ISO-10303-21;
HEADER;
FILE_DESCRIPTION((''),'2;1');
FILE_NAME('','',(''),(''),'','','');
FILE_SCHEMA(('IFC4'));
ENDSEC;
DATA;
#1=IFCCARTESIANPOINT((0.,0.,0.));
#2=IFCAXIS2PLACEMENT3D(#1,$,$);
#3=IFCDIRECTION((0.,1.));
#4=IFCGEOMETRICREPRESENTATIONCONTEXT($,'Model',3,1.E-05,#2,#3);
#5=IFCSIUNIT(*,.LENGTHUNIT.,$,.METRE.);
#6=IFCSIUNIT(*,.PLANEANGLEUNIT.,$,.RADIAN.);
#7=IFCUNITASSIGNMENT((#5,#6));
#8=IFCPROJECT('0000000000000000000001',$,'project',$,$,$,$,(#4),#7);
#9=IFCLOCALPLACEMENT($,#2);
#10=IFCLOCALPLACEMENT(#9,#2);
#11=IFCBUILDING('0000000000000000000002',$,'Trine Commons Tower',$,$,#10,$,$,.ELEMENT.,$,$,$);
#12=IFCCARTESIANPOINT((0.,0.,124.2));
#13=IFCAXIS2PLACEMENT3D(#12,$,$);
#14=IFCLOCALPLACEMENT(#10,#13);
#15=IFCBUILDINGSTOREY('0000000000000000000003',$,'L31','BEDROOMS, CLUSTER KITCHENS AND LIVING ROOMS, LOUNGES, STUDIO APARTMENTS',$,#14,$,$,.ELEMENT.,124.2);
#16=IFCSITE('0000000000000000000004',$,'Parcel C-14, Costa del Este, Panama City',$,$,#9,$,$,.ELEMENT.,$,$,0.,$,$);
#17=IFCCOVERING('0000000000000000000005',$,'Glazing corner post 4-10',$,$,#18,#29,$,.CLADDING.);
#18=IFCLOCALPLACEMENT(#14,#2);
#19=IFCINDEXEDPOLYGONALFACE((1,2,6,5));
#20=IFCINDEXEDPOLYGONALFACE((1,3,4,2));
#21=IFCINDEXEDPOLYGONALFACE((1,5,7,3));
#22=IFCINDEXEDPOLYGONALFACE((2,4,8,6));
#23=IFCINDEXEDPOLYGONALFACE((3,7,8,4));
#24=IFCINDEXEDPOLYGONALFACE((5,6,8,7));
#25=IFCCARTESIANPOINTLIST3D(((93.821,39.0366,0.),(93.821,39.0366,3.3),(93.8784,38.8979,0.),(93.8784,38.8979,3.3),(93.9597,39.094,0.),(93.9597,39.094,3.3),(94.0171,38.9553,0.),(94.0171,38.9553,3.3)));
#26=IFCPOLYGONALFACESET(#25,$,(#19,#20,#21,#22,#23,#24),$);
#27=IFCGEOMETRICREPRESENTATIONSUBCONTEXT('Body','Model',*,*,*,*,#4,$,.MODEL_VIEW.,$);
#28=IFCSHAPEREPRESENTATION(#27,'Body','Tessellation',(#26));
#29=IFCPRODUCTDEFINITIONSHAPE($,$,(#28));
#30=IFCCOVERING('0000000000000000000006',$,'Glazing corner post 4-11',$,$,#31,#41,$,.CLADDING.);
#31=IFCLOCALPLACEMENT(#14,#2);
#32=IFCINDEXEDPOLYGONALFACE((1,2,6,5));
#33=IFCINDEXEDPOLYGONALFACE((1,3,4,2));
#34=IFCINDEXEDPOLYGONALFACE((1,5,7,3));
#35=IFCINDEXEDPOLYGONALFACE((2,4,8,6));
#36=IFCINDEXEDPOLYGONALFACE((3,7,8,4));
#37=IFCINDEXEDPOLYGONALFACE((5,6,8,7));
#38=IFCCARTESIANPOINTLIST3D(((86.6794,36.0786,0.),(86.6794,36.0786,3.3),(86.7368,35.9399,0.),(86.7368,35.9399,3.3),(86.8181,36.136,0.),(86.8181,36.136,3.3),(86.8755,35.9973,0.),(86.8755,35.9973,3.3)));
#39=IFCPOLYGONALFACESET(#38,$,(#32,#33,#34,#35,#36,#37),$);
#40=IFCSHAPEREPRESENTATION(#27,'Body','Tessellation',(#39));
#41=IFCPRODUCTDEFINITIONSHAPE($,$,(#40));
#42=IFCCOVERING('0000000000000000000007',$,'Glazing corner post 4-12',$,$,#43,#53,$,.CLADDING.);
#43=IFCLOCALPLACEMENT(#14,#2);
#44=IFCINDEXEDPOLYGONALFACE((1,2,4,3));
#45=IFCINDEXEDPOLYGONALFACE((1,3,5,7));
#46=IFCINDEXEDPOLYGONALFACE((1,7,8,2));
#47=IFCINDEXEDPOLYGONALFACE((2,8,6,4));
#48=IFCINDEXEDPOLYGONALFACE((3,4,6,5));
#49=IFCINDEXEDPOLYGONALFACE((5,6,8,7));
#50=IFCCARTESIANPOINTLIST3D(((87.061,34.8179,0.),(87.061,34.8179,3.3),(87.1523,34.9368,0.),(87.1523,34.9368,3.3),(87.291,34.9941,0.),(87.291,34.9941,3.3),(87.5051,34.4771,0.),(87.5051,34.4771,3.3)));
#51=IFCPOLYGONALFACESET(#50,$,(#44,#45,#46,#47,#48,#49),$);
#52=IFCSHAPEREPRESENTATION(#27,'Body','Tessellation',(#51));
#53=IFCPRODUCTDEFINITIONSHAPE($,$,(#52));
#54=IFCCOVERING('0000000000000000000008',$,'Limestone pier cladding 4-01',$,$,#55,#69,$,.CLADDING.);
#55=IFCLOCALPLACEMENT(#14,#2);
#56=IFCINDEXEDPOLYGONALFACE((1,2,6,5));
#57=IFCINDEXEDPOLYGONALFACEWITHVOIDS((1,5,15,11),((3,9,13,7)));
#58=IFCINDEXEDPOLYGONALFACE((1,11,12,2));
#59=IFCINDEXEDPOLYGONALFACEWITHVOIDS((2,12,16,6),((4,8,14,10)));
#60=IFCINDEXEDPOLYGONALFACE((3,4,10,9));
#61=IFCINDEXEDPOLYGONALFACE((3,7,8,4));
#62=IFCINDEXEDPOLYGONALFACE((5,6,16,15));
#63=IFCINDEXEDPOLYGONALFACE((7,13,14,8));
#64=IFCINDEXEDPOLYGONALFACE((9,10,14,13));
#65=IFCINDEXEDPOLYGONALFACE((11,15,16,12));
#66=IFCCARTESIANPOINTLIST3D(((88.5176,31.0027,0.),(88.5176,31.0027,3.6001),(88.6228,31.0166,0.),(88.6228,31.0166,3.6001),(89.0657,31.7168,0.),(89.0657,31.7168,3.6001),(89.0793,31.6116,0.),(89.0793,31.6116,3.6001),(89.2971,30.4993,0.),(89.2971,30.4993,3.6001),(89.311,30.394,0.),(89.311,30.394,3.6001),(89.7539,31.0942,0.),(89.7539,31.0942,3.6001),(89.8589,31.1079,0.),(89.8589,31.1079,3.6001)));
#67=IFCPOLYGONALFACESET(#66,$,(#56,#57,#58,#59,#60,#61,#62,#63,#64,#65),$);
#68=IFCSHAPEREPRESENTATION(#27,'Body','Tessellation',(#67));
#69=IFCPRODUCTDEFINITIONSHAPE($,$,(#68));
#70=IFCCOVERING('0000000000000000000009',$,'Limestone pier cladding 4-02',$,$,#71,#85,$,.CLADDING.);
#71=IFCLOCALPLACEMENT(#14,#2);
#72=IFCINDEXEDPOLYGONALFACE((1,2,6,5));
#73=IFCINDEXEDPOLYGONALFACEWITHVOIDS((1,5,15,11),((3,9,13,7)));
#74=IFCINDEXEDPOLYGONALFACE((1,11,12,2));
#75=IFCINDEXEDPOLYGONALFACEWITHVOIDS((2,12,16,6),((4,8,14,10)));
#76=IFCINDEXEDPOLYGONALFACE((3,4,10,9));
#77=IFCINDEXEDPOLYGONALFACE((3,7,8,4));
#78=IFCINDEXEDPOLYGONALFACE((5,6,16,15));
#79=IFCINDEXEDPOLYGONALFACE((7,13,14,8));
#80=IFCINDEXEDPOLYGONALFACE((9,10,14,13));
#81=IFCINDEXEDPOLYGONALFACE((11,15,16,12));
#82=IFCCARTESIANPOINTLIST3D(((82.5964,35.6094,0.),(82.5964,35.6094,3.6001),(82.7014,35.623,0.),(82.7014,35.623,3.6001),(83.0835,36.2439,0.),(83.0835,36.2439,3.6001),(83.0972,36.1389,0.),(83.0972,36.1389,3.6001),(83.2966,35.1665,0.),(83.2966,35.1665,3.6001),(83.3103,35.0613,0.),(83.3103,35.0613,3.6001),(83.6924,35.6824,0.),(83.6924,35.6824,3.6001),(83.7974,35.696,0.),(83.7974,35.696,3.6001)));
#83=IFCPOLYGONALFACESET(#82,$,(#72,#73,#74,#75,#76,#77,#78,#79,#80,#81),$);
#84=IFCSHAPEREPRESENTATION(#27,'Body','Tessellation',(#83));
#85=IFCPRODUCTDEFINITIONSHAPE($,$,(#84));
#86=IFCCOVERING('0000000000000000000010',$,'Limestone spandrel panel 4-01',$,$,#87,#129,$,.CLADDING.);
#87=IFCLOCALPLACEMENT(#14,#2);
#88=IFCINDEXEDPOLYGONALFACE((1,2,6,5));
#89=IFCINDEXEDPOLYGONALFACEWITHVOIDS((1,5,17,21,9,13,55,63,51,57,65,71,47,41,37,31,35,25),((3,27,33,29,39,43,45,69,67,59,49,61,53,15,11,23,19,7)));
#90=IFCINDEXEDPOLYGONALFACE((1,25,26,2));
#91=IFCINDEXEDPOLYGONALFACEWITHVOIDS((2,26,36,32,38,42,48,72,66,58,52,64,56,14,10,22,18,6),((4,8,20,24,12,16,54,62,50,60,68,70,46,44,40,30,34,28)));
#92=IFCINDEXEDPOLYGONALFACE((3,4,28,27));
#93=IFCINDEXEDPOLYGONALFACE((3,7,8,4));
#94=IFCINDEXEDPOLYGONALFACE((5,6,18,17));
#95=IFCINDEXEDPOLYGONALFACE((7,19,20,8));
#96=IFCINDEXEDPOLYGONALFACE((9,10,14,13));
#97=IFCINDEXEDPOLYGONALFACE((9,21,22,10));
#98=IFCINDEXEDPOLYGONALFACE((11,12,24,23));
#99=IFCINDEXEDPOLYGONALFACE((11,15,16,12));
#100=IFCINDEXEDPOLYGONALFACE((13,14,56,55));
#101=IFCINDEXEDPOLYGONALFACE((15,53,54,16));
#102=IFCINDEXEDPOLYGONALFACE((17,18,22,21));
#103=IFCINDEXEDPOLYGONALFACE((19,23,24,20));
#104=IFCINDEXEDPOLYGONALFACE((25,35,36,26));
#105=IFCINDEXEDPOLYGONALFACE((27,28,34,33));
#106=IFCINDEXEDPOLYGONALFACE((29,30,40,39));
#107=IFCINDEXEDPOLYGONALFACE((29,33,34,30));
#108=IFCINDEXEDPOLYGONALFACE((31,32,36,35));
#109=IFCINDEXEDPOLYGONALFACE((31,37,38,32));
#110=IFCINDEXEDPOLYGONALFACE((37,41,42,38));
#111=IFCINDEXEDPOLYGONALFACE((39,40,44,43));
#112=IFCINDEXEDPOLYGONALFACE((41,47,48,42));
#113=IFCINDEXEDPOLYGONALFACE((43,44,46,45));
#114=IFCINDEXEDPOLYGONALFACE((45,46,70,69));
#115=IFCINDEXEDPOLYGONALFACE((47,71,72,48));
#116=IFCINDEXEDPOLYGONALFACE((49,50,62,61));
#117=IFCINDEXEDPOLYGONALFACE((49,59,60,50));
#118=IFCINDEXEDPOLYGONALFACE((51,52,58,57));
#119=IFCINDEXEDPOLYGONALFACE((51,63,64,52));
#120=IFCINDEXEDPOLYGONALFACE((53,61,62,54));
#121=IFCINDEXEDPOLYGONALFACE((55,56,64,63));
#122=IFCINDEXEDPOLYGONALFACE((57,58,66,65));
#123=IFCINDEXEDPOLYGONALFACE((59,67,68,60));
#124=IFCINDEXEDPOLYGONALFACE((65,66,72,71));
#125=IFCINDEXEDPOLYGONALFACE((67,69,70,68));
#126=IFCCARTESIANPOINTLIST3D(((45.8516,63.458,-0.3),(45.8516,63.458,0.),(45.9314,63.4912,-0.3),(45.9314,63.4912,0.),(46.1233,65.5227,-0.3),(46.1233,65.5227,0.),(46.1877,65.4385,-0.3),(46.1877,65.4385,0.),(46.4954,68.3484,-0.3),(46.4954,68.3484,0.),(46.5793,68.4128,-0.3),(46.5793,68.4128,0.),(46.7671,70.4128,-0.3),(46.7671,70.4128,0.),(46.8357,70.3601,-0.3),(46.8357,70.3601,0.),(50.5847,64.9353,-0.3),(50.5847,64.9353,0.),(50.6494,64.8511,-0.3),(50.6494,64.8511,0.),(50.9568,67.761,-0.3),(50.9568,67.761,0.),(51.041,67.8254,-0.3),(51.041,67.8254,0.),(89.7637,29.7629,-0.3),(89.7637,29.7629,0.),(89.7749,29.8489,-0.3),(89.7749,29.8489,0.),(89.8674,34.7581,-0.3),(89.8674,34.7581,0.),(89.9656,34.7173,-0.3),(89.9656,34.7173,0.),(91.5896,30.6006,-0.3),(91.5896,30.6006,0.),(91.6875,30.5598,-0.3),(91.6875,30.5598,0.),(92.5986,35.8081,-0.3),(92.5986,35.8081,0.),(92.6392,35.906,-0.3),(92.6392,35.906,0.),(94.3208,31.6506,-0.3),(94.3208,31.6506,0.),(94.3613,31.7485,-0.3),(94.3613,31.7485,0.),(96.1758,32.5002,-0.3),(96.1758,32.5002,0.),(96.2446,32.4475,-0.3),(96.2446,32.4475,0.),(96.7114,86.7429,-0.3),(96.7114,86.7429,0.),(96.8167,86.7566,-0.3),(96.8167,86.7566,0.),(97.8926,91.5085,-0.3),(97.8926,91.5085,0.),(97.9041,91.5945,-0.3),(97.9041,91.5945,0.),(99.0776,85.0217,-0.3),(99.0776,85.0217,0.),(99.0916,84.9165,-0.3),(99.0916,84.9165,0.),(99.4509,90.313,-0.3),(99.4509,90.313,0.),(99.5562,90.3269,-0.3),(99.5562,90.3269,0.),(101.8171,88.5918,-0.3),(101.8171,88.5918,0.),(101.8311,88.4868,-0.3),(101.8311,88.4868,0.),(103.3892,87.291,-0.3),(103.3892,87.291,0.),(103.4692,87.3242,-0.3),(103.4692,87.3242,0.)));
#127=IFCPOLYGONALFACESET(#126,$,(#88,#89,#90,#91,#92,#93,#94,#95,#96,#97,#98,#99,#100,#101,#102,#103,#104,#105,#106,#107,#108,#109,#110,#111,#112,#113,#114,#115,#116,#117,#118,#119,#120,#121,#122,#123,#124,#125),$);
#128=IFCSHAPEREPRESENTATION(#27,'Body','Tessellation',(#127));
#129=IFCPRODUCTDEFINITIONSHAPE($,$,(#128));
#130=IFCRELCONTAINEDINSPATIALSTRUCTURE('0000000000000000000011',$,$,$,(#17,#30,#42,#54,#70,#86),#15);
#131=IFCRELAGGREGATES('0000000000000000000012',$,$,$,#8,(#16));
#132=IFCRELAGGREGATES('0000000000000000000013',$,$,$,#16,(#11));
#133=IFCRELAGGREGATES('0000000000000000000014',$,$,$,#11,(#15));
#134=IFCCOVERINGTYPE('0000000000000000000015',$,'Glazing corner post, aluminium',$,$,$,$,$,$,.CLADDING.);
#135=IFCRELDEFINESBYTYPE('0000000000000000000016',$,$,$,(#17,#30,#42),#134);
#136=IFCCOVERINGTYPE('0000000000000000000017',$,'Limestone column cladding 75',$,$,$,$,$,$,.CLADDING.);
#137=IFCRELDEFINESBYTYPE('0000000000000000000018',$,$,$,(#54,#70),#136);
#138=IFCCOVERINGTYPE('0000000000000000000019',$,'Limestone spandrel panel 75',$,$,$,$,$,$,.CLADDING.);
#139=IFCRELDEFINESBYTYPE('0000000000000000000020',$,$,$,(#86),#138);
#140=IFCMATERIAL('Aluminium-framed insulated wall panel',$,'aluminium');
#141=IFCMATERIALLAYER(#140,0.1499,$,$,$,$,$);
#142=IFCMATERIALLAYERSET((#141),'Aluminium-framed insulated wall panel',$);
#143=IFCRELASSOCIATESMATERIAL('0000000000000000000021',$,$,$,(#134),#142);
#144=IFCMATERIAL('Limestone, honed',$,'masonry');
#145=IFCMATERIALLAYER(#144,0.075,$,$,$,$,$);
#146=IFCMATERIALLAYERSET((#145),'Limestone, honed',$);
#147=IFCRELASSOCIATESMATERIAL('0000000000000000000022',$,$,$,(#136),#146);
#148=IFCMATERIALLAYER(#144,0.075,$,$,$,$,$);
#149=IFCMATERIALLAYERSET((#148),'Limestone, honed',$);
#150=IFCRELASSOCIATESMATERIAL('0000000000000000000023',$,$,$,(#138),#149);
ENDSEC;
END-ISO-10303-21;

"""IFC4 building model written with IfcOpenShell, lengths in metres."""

from ifc_helpers import new_model, si_unit, direction, frame, origin, place, context, subcontext, project, spatial, polyline, outline, extrude, material, layer, layer_set, type_object, element, save


model = new_model("IFC4")

# Units and contexts
model_context = context("Model", 3, precision=1e-05, world=origin(), true_north=direction((0.0, 1.0)))
body_context = subcontext(model_context, "Body", "Model", "MODEL_VIEW")
ifc_project = project(units=[si_unit("LENGTHUNIT", "METRE"), si_unit("PLANEANGLEUNIT", "RADIAN")], contexts=[model_context])

# Site, building, storey
site_placement = place(None, origin())
site = spatial("IfcSite", under=ifc_project, at=site_placement, Name="Parcel C-14, Costa del Este, Panama City", CompositionType="ELEMENT", RefElevation=0.0)
building_placement = place(site_placement, origin())
building = spatial("IfcBuilding", under=site, at=building_placement, Name="Trine Commons Tower", CompositionType="ELEMENT")
storey_placement = place(building_placement, frame((0.0, 0.0, 124.2)))
storey = spatial("IfcBuildingStorey", under=building, at=storey_placement, Name="L31", Description="BEDROOMS, CLUSTER KITCHENS AND LIVING ROOMS, LOUNGES, STUDIO APARTMENTS", CompositionType="ELEMENT", Elevation=124.2)

# Coverings
ifc_material_1 = material(Name="Aluminium-framed insulated wall panel", Category="aluminium")
ifc_layer_1 = layer(ifc_material_1, 0.1499)
ifc_layer_set_1 = layer_set([ifc_layer_1], Name="Aluminium-framed insulated wall panel")
covering_type_1 = type_object("IfcCoveringType", Name="Glazing corner post, aluminium", PredefinedType="CLADDING", material=ifc_layer_set_1)
covering_1_placement = place(storey_placement, origin())
element("IfcCovering", 1, at=covering_1_placement, inside=storey, type_object=covering_type_1, Name="Glazing corner post 4-10", PredefinedType="CLADDING", context=body_context, shape_type="SweptSolid", body=[
    extrude(outline(polyline([(93.821, 39.0366), (93.8784, 38.8979), (93.8784, 38.8979), (94.0171, 38.9553), (93.9597, 39.094), (93.821, 39.0366)])), origin(), (0.0, 0.0, 1.0), 3.3),
])
covering_2_placement = place(storey_placement, origin())
element("IfcCovering", 2, at=covering_2_placement, inside=storey, type_object=covering_type_1, Name="Glazing corner post 4-11", PredefinedType="CLADDING", context=body_context, shape_type="SweptSolid", body=[
    extrude(outline(polyline([(86.7368, 35.9399), (86.8755, 35.9973), (86.8181, 36.136), (86.6794, 36.0786), (86.7368, 35.9399)])), origin(), (0.0, 0.0, 1.0), 3.3),
])
covering_3_placement = place(storey_placement, origin())
element("IfcCovering", 3, at=covering_3_placement, inside=storey, type_object=covering_type_1, Name="Glazing corner post 4-12", PredefinedType="CLADDING", context=body_context, shape_type="SweptSolid", body=[
    extrude(outline(polyline([(87.061, 34.8179), (87.5051, 34.4771), (87.291, 34.9941), (87.1523, 34.9368), (87.061, 34.8179)])), origin(), (0.0, 0.0, 1.0), 3.3),
])
ifc_material_2 = material(Name="Limestone, honed", Category="masonry")
ifc_layer_2 = layer(ifc_material_2, 0.075)
ifc_layer_set_2 = layer_set([ifc_layer_2], Name="Limestone, honed")
covering_type_2 = type_object("IfcCoveringType", Name="Limestone column cladding 75", PredefinedType="CLADDING", material=ifc_layer_set_2)
covering_4_placement = place(storey_placement, origin())
element("IfcCovering", 4, at=covering_4_placement, inside=storey, type_object=covering_type_2, Name="Limestone pier cladding 4-01", PredefinedType="CLADDING", context=body_context, shape_type="SweptSolid", body=[
    extrude(outline(polyline([(89.0657, 31.7168), (88.5176, 31.0027), (89.311, 30.394), (89.8589, 31.1079), (89.0657, 31.7168)]), holes=[polyline([(89.0793, 31.6116), (88.6228, 31.0166), (89.2971, 30.4993), (89.7539, 31.0942), (89.0793, 31.6116)])]), origin(), (0.0, 0.0, 1.0), 3.6001),
])
covering_5_placement = place(storey_placement, origin())
element("IfcCovering", 5, at=covering_5_placement, inside=storey, type_object=covering_type_2, Name="Limestone pier cladding 4-02", PredefinedType="CLADDING", context=body_context, shape_type="SweptSolid", body=[
    extrude(outline(polyline([(83.0835, 36.2439), (82.5964, 35.6094), (83.3103, 35.0613), (83.7974, 35.696), (83.0835, 36.2439)]), holes=[polyline([(83.0972, 36.1389), (82.7014, 35.623), (83.2966, 35.1665), (83.6924, 35.6824), (83.0972, 36.1389)])]), origin(), (0.0, 0.0, 1.0), 3.6001),
])
ifc_layer_3 = layer(ifc_material_2, 0.075)
ifc_layer_set_3 = layer_set([ifc_layer_3], Name="Limestone, honed")
covering_type_3 = type_object("IfcCoveringType", Name="Limestone spandrel panel 75", PredefinedType="CLADDING", material=ifc_layer_set_3)
covering_6_placement = place(storey_placement, frame((0.0, 0.0, -0.3)))
element("IfcCovering", 6, at=covering_6_placement, inside=storey, type_object=covering_type_3, Name="Limestone spandrel panel 4-01", PredefinedType="CLADDING", context=body_context, shape_type="SweptSolid", body=[
    extrude(outline(polyline([(92.5986, 35.8081), (94.3208, 31.6506), (96.2446, 32.4475), (103.4692, 87.3242), (101.8171, 88.5918), (99.0776, 85.0217), (96.8167, 86.7566), (99.5562, 90.3269), (97.9041, 91.5945), (46.7671, 70.4128), (46.4954, 68.3484), (50.9568, 67.761), (50.5847, 64.9353), (46.1233, 65.5227), (45.8516, 63.458), (89.7637, 29.7629), (91.6875, 30.5598), (89.9656, 34.7173), (92.5986, 35.8081)]), holes=[polyline([(101.8311, 88.4868), (103.3892, 87.291), (96.1758, 32.5002), (94.3613, 31.7485), (92.6392, 35.906), (89.8674, 34.7581), (91.5896, 30.6006), (89.7749, 29.8489), (45.9314, 63.4912), (46.1877, 65.4385), (50.6494, 64.8511), (51.041, 67.8254), (46.5793, 68.4128), (46.8357, 70.3601), (97.8926, 91.5085), (99.4509, 90.313), (96.7114, 86.7429), (99.0916, 84.9165), (101.8311, 88.4868)])]), origin(), (0.0, 0.0, 1.0), 0.3),
])

save(model, "model.ifc")
